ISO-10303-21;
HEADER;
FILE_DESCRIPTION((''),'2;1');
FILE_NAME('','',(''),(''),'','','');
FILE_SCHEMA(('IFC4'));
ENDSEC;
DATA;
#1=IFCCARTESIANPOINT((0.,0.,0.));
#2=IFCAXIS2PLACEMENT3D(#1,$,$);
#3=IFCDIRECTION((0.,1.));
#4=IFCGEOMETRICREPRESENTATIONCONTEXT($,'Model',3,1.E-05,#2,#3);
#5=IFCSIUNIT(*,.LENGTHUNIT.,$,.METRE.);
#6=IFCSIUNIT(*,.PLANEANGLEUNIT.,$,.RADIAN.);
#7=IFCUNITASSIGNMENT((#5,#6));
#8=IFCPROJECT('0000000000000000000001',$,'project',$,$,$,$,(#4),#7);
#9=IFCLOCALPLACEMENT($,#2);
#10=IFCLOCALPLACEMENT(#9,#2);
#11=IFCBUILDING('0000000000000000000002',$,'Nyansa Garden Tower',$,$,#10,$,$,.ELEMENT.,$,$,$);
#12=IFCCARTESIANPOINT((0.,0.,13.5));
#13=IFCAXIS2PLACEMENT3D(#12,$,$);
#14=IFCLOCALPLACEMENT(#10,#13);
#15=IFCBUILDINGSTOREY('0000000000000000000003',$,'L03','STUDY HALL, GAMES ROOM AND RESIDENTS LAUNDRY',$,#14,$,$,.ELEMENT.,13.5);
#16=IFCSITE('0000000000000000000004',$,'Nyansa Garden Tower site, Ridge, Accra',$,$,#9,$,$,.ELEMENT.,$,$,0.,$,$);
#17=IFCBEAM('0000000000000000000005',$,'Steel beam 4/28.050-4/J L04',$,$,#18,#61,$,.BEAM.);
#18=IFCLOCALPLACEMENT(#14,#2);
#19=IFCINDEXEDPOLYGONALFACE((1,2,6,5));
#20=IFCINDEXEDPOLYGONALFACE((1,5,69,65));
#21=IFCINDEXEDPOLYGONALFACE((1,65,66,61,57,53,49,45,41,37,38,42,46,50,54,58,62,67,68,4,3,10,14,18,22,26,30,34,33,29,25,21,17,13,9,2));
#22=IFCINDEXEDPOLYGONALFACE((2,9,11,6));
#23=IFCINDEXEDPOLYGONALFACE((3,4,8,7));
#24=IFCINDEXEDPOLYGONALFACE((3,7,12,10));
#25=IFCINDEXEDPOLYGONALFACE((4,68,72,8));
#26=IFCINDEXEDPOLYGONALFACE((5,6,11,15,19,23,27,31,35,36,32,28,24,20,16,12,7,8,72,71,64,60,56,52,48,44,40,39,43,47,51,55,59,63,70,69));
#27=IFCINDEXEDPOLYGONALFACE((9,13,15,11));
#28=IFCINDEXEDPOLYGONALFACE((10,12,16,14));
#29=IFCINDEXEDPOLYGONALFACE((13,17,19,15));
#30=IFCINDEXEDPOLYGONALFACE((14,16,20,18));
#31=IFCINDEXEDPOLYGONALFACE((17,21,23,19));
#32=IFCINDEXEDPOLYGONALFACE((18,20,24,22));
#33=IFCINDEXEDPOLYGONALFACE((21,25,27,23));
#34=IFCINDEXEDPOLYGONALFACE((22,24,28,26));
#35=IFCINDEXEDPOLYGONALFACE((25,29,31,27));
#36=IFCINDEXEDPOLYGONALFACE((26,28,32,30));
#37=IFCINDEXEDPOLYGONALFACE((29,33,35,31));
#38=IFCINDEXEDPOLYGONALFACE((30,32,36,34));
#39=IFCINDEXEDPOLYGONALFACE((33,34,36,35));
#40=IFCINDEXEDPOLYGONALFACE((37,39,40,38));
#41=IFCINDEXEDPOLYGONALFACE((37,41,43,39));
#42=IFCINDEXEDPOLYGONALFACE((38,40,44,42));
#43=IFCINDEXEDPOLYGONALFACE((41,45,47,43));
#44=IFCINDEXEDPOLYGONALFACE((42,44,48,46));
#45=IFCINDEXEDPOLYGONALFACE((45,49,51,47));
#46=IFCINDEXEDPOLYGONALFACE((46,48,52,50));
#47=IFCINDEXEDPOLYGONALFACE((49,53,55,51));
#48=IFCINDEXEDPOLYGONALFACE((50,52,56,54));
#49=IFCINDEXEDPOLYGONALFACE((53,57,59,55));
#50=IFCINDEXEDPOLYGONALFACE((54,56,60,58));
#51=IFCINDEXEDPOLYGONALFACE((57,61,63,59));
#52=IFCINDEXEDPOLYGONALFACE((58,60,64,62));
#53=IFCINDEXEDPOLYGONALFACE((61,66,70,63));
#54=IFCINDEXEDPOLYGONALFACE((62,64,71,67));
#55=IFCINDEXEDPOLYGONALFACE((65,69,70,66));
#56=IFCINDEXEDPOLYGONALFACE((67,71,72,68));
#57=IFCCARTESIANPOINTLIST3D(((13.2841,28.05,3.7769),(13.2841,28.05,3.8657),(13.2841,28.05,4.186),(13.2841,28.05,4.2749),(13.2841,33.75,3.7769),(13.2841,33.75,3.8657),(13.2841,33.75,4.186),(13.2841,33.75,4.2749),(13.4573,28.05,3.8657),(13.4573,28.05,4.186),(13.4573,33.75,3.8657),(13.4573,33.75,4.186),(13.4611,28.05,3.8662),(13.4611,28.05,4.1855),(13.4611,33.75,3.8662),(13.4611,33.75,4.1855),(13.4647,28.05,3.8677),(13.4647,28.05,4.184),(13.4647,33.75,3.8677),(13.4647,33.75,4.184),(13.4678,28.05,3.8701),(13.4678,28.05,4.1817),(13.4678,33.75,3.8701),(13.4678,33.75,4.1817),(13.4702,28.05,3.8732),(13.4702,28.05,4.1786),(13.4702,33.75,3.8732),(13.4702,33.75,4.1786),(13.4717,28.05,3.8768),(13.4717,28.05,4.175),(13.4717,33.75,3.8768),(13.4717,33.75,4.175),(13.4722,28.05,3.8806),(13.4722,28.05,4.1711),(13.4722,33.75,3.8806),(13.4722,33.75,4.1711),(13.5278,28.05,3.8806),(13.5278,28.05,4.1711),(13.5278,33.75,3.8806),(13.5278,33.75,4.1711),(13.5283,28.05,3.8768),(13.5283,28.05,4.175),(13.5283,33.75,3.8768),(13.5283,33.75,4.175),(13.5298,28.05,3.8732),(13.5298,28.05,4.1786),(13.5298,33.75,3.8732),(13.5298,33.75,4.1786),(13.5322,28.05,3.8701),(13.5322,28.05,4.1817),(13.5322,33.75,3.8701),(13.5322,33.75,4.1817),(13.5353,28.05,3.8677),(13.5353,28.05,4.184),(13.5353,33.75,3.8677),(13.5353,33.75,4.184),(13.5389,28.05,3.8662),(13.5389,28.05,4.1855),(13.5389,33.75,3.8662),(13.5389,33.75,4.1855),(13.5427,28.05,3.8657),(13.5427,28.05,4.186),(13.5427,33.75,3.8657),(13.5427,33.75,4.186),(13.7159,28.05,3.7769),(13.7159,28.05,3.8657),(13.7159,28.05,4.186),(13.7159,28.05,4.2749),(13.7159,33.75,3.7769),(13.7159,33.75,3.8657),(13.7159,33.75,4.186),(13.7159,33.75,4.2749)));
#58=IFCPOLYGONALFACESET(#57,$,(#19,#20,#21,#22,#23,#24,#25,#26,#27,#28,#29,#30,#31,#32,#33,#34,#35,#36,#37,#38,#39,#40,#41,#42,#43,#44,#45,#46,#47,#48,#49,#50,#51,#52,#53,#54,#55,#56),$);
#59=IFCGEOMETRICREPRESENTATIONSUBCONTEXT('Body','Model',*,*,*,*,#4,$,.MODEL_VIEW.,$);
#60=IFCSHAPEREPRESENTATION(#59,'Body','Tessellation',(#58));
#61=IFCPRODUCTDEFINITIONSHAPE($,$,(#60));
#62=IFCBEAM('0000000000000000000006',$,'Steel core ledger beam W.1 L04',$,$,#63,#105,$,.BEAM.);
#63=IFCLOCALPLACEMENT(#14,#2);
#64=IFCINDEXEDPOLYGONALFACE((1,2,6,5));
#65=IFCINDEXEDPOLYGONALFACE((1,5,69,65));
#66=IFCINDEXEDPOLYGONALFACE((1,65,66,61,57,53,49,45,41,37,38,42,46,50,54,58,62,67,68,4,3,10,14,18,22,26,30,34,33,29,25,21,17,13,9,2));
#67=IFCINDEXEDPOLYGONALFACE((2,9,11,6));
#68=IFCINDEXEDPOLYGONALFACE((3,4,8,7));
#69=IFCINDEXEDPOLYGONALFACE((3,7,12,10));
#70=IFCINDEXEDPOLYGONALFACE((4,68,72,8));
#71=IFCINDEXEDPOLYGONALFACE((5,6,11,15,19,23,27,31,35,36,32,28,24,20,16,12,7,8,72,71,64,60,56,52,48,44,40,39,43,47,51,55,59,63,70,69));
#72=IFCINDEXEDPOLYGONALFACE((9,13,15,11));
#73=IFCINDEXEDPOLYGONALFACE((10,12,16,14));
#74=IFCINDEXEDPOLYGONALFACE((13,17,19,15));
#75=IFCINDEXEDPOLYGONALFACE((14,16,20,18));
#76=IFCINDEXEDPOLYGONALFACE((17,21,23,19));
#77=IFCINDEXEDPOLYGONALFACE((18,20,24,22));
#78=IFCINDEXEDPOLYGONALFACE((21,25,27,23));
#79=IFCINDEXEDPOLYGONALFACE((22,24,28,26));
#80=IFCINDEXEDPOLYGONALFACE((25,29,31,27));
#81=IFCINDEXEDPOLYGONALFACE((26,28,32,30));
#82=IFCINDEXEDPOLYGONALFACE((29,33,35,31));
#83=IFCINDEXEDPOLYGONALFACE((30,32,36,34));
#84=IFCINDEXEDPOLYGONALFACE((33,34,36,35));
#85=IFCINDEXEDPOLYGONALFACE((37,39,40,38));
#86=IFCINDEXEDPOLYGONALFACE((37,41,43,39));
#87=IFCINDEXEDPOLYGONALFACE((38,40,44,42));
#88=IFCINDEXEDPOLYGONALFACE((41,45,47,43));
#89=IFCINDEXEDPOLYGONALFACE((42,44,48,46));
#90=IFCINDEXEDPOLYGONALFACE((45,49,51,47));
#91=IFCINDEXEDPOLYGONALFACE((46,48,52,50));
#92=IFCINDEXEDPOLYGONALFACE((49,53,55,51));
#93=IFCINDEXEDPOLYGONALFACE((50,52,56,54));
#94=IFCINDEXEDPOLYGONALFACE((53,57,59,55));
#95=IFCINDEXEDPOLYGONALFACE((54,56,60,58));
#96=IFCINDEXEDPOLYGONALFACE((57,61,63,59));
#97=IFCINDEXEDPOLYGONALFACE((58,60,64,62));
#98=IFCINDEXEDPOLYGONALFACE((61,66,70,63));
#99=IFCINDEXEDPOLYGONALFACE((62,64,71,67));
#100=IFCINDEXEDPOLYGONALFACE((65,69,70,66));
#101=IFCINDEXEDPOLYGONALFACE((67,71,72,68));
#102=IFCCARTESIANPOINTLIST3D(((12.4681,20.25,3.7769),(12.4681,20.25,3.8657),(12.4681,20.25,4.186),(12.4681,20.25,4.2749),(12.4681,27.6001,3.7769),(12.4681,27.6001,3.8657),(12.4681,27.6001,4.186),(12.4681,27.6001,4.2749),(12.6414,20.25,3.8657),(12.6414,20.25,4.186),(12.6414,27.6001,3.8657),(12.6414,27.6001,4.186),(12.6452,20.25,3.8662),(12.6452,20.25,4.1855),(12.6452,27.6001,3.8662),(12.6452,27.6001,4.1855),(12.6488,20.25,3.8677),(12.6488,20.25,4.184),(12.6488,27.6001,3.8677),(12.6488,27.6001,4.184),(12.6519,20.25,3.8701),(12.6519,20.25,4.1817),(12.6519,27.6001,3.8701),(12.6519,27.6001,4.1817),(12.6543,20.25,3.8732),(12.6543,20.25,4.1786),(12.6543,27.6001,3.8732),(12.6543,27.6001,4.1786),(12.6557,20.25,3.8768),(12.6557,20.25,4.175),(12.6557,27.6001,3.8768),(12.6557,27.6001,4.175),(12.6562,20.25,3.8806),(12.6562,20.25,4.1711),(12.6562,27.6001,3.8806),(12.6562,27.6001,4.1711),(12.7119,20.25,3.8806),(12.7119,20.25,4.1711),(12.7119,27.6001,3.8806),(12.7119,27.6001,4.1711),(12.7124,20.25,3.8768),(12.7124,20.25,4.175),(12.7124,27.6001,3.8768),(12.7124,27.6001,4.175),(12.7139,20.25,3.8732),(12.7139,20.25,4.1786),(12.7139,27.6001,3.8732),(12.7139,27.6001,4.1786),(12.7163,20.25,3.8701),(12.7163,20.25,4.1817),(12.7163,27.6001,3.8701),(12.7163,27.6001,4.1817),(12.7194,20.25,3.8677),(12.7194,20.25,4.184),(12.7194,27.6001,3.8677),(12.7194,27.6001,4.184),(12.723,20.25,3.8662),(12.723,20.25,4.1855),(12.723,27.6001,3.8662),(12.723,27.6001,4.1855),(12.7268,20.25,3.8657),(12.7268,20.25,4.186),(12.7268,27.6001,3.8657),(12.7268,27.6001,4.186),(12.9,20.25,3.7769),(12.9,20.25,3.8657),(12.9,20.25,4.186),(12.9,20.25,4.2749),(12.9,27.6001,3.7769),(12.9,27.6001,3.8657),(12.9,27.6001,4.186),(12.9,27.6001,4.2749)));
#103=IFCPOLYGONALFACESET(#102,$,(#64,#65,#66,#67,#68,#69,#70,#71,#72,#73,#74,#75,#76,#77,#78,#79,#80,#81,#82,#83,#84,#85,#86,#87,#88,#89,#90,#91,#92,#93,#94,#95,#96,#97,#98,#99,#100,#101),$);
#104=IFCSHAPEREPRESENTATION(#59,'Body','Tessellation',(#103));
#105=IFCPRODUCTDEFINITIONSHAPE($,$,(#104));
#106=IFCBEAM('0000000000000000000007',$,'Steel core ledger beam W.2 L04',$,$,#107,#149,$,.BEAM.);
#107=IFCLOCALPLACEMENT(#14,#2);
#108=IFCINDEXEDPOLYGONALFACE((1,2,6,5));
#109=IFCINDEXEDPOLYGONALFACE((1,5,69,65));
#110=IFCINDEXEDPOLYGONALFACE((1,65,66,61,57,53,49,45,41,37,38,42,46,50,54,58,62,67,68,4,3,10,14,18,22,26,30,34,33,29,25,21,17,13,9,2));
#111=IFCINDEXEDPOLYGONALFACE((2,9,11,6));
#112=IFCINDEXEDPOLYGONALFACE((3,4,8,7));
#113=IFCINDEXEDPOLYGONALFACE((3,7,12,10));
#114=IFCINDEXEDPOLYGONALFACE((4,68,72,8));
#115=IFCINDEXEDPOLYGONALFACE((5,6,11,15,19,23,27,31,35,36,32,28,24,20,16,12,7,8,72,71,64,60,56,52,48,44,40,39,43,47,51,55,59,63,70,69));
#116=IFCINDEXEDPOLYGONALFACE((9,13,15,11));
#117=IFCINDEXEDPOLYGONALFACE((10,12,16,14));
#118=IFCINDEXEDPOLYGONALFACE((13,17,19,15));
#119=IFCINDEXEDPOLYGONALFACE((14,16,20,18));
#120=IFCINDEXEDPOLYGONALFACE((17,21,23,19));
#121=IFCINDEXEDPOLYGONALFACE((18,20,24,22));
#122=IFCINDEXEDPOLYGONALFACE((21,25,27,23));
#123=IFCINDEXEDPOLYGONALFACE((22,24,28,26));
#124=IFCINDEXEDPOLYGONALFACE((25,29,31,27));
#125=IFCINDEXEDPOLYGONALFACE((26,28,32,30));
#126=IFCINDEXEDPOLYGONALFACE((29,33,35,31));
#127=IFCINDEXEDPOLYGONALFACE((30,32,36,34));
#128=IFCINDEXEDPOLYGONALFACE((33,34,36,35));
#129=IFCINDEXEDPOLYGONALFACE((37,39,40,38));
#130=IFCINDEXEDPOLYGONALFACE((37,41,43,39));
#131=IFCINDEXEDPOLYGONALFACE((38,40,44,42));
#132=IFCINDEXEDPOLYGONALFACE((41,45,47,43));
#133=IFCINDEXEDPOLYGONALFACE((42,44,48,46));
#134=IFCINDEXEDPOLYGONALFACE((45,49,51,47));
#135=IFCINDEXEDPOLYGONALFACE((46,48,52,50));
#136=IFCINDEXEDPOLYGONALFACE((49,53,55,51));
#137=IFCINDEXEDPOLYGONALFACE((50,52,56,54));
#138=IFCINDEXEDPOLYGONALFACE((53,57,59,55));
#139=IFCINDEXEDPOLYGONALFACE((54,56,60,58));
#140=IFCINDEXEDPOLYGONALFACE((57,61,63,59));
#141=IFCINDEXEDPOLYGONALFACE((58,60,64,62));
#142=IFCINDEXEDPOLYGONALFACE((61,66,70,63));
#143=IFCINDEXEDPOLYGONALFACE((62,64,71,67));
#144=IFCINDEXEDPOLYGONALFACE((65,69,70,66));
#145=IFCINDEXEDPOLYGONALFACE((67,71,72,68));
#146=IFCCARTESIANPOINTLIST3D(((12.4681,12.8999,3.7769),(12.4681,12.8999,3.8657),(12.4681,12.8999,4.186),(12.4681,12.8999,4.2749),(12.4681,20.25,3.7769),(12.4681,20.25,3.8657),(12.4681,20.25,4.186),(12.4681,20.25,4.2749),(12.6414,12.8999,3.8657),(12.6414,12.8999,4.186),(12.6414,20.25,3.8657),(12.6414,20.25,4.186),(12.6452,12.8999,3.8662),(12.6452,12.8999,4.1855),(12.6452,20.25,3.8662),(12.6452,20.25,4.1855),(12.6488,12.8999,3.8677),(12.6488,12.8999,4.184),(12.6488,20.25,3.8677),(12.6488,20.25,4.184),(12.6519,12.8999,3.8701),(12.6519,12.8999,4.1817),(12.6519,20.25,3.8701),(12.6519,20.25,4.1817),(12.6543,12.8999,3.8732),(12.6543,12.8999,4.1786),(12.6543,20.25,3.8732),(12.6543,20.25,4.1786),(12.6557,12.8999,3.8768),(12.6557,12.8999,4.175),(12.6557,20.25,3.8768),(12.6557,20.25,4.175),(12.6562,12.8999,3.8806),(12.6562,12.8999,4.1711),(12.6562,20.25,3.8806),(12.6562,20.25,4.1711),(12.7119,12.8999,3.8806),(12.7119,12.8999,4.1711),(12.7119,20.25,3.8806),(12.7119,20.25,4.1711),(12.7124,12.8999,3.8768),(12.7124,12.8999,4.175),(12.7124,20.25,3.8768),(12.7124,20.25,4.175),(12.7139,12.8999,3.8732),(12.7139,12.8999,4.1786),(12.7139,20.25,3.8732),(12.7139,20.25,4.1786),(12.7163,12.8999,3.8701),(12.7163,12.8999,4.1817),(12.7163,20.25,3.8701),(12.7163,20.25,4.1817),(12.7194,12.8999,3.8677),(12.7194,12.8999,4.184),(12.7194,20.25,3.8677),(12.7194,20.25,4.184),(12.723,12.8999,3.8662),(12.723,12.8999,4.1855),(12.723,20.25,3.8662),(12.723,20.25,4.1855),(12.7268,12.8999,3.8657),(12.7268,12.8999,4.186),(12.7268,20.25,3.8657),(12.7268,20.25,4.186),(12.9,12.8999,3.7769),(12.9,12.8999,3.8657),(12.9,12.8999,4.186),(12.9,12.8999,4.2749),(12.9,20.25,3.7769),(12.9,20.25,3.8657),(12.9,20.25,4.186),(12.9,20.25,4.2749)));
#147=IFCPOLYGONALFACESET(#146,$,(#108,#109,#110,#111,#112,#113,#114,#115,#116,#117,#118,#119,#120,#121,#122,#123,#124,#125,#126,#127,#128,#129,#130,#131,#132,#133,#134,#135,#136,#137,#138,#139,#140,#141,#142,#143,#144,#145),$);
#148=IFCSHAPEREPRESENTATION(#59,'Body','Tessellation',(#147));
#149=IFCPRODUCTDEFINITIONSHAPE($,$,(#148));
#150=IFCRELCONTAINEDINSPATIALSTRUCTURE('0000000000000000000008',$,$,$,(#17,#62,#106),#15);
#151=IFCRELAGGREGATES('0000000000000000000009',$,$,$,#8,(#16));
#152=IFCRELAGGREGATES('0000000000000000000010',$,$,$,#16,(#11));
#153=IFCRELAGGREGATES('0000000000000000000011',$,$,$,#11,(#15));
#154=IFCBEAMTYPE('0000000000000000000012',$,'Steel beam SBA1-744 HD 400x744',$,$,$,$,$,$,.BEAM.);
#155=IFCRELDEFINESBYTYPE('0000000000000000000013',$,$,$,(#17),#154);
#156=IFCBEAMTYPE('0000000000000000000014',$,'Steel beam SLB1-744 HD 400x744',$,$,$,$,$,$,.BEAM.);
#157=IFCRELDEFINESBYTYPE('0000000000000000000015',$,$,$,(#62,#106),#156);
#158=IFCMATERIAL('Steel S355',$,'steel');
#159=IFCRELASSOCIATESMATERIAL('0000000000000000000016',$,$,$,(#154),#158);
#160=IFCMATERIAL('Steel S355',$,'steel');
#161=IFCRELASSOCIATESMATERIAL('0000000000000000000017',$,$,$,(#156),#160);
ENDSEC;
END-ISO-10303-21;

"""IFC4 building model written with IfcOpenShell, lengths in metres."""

from ifc_helpers import new_model, si_unit, direction, frame, origin, origin_2d, place, context, subcontext, project, spatial, i_section, extrude, material, material_profile, profile_set, type_object, element, save


model = new_model("IFC4")

# Units and contexts
model_context = context("Model", 3, precision=1e-05, world=origin(), true_north=direction((0.0, 1.0)))
body_context = subcontext(model_context, "Body", "Model", "MODEL_VIEW")
ifc_project = project(units=[si_unit("LENGTHUNIT", "METRE"), si_unit("PLANEANGLEUNIT", "RADIAN")], contexts=[model_context])

# Site, building, storey
site_placement = place(None, origin())
site = spatial("IfcSite", under=ifc_project, at=site_placement, Name="Nyansa Garden Tower site, Ridge, Accra", CompositionType="ELEMENT", RefElevation=0.0)
building_placement = place(site_placement, origin())
building = spatial("IfcBuilding", under=site, at=building_placement, Name="Nyansa Garden Tower", CompositionType="ELEMENT")
storey_placement = place(building_placement, frame((0.0, 0.0, 13.5)))
storey = spatial("IfcBuildingStorey", under=building, at=storey_placement, Name="L03", Description="STUDY HALL, GAMES ROOM AND RESIDENTS LAUNDRY", CompositionType="ELEMENT", Elevation=13.5)

# Beams
ifc_material_1 = material(Name="Steel S355", Category="steel")
ifc_material_profile_1 = material_profile(ifc_material_1, i_section(OverallWidth=0.4319, OverallDepth=0.498, WebThickness=0.0557, FlangeThickness=0.0889, FilletRadius=0.0149, at=origin_2d()), Name="HD 400x744")
ifc_profile_set_1 = profile_set([ifc_material_profile_1], Name="Steel S355")
beam_type_1 = type_object("IfcBeamType", Name="Steel beam SBA1-744 HD 400x744", PredefinedType="BEAM", material=ifc_profile_set_1)
for number, where, z_axis, x_axis, name in (
    (1, (13.5, 28.05, 4.0259), (0.0, 1.0, 0.0), (-1.0, 0.0, 0.0), "Steel beam 4/28.050-4/J L04"),
):
    element("IfcBeam", number, at=place(storey_placement, frame(where, z_axis=z_axis, x_axis=x_axis)), inside=storey, type_object=beam_type_1, Name=name, PredefinedType="BEAM", context=body_context, shape_type="SweptSolid", body=[
        extrude(i_section(OverallWidth=0.4319, OverallDepth=0.498, WebThickness=0.0557, FlangeThickness=0.0889, FilletRadius=0.0149, at=origin_2d()), origin(), (0.0, 0.0, 1.0), 5.7),
    ])
ifc_material_2 = material(Name="Steel S355", Category="steel")
ifc_material_profile_2 = material_profile(ifc_material_2, i_section(OverallWidth=0.4319, OverallDepth=0.498, WebThickness=0.0557, FlangeThickness=0.0889, FilletRadius=0.0149, at=origin_2d()), Name="HD 400x744")
ifc_profile_set_2 = profile_set([ifc_material_profile_2], Name="Steel S355")
beam_type_2 = type_object("IfcBeamType", Name="Steel beam SLB1-744 HD 400x744", PredefinedType="BEAM", material=ifc_profile_set_2)
for number, where, z_axis, x_axis, name in (
    (2, (12.6841, 27.6001, 4.0259), (0.0, -1.0, 0.0), (1.0, 0.0, 0.0), "Steel core ledger beam W.1 L04"),
    (3, (12.6841, 20.25, 4.0259), (0.0, -1.0, 0.0), (1.0, 0.0, 0.0), "Steel core ledger beam W.2 L04"),
):
    element("IfcBeam", number, at=place(storey_placement, frame(where, z_axis=z_axis, x_axis=x_axis)), inside=storey, type_object=beam_type_2, Name=name, PredefinedType="BEAM", context=body_context, shape_type="SweptSolid", body=[
        extrude(i_section(OverallWidth=0.4319, OverallDepth=0.498, WebThickness=0.0557, FlangeThickness=0.0889, FilletRadius=0.0149, at=origin_2d()), origin(), (0.0, 0.0, 1.0), 7.3501),
    ])

save(model, "model.ifc")
